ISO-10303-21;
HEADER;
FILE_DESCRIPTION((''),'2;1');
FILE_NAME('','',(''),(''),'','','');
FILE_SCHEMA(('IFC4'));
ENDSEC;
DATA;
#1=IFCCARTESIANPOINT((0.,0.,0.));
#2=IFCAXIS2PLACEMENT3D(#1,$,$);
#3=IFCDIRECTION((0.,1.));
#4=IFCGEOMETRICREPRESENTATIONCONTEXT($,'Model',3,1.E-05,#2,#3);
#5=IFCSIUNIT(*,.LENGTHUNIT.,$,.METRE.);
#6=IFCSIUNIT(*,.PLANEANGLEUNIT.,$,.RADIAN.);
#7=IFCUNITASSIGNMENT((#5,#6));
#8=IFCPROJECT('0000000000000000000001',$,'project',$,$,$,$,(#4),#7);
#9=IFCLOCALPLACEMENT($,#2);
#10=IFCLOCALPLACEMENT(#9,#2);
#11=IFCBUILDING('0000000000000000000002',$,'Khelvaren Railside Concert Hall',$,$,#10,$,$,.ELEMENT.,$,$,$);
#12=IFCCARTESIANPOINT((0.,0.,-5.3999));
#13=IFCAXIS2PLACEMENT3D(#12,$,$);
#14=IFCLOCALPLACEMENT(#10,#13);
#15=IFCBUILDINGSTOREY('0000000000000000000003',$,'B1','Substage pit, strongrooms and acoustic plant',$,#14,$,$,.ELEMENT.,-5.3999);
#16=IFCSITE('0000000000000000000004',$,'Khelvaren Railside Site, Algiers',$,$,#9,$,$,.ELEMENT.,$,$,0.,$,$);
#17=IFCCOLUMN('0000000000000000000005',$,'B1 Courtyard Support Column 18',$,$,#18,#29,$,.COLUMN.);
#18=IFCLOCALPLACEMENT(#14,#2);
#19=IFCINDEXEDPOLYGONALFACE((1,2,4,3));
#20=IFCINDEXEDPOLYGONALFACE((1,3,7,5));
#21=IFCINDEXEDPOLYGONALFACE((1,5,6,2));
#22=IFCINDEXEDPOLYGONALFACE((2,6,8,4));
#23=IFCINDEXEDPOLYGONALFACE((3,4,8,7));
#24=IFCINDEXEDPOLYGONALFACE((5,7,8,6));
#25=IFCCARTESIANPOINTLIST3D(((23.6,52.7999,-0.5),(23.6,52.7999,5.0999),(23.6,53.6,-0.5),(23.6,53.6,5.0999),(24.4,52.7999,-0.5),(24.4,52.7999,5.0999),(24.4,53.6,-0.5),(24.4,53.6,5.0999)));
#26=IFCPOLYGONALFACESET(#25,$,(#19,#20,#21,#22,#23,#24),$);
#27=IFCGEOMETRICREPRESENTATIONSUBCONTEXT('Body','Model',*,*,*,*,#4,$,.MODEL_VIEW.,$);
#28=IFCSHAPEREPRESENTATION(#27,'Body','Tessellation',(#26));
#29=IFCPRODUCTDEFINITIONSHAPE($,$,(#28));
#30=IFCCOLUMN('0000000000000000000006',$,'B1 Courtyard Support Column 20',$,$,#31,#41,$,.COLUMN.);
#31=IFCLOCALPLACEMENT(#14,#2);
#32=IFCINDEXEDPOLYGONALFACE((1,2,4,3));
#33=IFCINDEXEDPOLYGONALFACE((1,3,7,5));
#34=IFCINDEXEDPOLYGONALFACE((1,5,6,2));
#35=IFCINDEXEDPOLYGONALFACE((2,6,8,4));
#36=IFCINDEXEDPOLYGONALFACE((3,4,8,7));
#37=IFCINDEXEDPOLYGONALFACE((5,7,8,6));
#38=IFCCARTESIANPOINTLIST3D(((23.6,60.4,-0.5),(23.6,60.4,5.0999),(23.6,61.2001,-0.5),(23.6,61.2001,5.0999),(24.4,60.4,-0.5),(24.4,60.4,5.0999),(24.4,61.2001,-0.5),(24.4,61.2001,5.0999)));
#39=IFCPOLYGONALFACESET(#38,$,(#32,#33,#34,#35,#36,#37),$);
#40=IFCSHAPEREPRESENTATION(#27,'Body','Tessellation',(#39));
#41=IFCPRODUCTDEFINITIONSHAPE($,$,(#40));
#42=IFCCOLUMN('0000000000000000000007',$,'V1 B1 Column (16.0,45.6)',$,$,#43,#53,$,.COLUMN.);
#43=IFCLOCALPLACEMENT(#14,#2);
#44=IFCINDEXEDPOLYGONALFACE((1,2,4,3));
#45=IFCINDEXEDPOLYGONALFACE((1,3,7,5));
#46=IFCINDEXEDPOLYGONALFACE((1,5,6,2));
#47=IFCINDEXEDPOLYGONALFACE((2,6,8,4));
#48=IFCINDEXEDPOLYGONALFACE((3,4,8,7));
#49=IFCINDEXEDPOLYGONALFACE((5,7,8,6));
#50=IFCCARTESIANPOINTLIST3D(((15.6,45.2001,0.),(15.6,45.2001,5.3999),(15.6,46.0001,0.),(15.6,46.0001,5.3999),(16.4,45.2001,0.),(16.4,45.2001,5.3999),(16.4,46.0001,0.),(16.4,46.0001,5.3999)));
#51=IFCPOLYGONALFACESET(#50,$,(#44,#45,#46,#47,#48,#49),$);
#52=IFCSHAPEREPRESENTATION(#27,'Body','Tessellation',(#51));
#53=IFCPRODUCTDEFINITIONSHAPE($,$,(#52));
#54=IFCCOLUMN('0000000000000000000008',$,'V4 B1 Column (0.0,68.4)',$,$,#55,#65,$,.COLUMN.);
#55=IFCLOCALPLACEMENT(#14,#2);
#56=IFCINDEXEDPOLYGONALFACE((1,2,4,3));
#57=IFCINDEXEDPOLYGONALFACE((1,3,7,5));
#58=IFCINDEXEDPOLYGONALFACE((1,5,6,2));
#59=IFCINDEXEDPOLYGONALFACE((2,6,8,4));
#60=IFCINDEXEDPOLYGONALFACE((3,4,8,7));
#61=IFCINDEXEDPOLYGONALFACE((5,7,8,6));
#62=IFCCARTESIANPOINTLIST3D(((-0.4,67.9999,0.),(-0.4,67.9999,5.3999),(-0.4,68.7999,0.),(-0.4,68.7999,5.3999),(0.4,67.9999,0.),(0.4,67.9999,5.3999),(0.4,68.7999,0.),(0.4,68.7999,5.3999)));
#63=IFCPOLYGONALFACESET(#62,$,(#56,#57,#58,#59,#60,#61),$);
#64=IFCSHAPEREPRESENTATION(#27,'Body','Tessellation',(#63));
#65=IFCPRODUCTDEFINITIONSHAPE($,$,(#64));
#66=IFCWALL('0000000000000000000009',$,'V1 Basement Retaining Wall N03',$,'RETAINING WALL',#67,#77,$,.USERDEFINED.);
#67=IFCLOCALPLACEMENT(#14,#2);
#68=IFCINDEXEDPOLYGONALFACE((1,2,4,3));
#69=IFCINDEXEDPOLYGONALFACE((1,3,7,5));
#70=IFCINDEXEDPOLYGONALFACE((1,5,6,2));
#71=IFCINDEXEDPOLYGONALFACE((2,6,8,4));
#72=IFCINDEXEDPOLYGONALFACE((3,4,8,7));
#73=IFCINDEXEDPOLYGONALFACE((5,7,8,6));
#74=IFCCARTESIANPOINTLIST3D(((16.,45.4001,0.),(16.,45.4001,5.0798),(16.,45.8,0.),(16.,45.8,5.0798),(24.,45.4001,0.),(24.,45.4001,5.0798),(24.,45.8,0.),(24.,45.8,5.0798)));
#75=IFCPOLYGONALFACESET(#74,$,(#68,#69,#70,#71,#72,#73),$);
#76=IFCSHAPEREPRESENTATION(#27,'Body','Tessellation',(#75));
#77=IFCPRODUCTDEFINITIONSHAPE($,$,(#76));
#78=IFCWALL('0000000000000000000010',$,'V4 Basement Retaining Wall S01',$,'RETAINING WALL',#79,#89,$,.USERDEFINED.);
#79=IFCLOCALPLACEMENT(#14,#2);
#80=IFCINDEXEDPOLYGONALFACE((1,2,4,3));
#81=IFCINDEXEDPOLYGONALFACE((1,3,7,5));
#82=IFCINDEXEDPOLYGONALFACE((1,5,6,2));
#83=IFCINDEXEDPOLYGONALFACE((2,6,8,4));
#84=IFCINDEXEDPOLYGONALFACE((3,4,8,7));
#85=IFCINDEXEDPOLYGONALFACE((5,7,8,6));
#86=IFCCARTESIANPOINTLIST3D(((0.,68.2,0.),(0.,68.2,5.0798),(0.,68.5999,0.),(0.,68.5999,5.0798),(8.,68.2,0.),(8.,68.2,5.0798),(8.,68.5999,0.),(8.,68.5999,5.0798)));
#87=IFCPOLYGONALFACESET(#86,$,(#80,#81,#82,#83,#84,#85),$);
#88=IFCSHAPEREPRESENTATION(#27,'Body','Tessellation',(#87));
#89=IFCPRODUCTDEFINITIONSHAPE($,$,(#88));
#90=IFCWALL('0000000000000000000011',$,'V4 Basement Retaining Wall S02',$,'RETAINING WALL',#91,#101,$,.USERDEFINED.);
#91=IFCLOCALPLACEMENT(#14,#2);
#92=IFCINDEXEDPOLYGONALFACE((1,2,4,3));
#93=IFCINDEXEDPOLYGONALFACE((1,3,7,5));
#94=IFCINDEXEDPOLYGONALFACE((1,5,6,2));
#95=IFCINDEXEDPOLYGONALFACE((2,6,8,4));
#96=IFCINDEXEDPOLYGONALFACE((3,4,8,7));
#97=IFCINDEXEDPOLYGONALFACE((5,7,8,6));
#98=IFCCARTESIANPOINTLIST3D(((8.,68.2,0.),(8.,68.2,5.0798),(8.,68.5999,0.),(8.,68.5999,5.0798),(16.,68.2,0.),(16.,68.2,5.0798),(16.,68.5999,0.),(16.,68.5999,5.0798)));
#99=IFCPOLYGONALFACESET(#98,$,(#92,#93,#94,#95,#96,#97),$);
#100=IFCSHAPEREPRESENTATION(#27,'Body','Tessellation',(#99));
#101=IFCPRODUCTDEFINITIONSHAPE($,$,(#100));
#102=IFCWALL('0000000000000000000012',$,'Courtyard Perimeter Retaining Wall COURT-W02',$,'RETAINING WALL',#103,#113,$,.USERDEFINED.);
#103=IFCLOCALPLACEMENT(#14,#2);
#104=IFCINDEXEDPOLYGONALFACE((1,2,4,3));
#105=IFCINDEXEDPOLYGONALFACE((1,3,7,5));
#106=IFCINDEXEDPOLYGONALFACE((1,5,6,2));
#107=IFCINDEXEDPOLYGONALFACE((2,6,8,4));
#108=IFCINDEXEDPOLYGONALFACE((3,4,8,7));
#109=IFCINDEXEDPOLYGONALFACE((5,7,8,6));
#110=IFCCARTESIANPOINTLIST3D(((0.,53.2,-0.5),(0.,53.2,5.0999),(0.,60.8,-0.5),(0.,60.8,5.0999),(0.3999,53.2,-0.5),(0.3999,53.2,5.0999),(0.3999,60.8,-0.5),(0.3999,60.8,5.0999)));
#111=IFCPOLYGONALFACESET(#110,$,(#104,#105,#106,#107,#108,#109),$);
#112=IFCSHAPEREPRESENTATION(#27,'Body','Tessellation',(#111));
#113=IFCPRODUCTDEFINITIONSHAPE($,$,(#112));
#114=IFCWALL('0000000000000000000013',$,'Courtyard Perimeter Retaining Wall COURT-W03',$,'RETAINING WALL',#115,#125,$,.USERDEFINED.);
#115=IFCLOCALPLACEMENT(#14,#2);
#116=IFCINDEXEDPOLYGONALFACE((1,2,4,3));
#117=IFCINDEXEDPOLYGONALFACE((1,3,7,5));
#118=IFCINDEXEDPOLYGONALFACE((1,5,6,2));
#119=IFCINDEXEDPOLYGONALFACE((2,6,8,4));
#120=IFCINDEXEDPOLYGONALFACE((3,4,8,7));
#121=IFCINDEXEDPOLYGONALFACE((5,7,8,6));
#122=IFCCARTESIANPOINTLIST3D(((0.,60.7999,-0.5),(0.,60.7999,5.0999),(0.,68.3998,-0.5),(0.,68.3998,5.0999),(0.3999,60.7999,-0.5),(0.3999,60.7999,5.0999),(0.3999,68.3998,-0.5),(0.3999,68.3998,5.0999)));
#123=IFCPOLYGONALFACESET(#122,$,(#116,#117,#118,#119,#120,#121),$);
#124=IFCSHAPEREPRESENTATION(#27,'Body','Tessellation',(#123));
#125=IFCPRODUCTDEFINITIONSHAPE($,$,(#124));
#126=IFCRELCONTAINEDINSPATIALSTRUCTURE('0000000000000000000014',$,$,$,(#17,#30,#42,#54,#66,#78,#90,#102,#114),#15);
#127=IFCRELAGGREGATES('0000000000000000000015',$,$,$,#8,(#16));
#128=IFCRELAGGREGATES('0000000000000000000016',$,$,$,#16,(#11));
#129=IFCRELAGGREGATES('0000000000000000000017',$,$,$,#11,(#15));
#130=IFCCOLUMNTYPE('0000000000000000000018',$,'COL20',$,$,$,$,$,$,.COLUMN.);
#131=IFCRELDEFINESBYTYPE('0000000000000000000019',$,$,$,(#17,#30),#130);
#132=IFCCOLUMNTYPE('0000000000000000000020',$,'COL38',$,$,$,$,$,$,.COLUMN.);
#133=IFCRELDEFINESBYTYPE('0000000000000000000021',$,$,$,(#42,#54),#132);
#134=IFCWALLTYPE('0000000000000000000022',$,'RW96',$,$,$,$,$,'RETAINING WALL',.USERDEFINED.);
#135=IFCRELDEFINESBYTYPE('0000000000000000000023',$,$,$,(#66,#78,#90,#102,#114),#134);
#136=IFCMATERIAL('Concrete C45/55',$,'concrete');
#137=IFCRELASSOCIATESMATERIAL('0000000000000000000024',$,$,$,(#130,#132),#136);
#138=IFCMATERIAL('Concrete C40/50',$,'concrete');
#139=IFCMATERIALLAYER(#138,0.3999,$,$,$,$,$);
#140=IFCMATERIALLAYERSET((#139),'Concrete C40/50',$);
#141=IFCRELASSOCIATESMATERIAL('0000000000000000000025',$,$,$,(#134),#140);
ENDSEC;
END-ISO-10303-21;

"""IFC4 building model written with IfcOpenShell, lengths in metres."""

from ifc_helpers import new_model, si_unit, direction, frame, frame_2d, origin, origin_2d, place, context, subcontext, project, spatial, rectangle, extrude, material, layer, layer_set, material_profile, profile_set, type_object, element, save


model = new_model("IFC4")

# Units and contexts
model_context = context("Model", 3, precision=1e-05, world=origin(), true_north=direction((0.0, 1.0)))
body_context = subcontext(model_context, "Body", "Model", "MODEL_VIEW")
ifc_project = project(units=[si_unit("LENGTHUNIT", "METRE"), si_unit("PLANEANGLEUNIT", "RADIAN")], contexts=[model_context])

# Site, building, storey
site_placement = place(None, origin())
site = spatial("IfcSite", under=ifc_project, at=site_placement, Name="Khelvaren Railside Site, Algiers", CompositionType="ELEMENT", RefElevation=0.0)
building_placement = place(site_placement, origin())
building = spatial("IfcBuilding", under=site, at=building_placement, Name="Khelvaren Railside Concert Hall", CompositionType="ELEMENT")
storey_placement = place(building_placement, frame((0.0, 0.0, -5.3999)))
storey = spatial("IfcBuildingStorey", under=building, at=storey_placement, Name="B1", Description="Substage pit, strongrooms and acoustic plant", CompositionType="ELEMENT", Elevation=-5.3999)

# Columns
ifc_material_1 = material(Name="Concrete C45/55", Category="concrete")
ifc_material_profile_1 = material_profile(ifc_material_1, rectangle(XDim=0.8, YDim=0.8, at=origin_2d()), Name="RC 800x800")
ifc_profile_set_1 = profile_set([ifc_material_profile_1], Name="Concrete C45/55")
column_type_1 = type_object("IfcColumnType", Name="COL20", PredefinedType="COLUMN", material=ifc_profile_set_1)
for number, where, z_axis, x_axis, name in (
    (1, (24.0, 53.2, -0.5), (0.0, 0.0, 1.0), (1.0, 0.0, 0.0), "B1 Courtyard Support Column 18"),
    (2, (24.0, 60.8, -0.5), (0.0, 0.0, 1.0), (1.0, 0.0, 0.0), "B1 Courtyard Support Column 20"),
):
    element("IfcColumn", number, at=place(storey_placement, frame(where, z_axis=z_axis, x_axis=x_axis)), inside=storey, type_object=column_type_1, Name=name, PredefinedType="COLUMN", context=body_context, shape_type="SweptSolid", body=[
        extrude(rectangle(XDim=0.8, YDim=0.8, at=origin_2d()), origin(), (0.0, 0.0, 1.0), 5.5999),
    ])
ifc_material_profile_2 = material_profile(ifc_material_1, rectangle(XDim=0.8, YDim=0.8, at=origin_2d()), Name="RC 800x800")
ifc_profile_set_2 = profile_set([ifc_material_profile_2], Name="Concrete C45/55")
column_type_2 = type_object("IfcColumnType", Name="COL38", PredefinedType="COLUMN", material=ifc_profile_set_2)
for number, where, z_axis, x_axis, name in (
    (3, (16.0, 45.6001, 0.0), (0.0, 0.0, 1.0), (1.0, 0.0, 0.0), "V1 B1 Column (16.0,45.6)"),
    (4, (0.0, 68.3999, 0.0), (0.0, 0.0, 1.0), (1.0, 0.0, 0.0), "V4 B1 Column (0.0,68.4)"),
):
    element("IfcColumn", number, at=place(storey_placement, frame(where, z_axis=z_axis, x_axis=x_axis)), inside=storey, type_object=column_type_2, Name=name, PredefinedType="COLUMN", context=body_context, shape_type="SweptSolid", body=[
        extrude(rectangle(XDim=0.8, YDim=0.8, at=origin_2d()), origin(), (0.0, 0.0, 1.0), 5.3999),
    ])

# Walls
ifc_material_2 = material(Name="Concrete C40/50", Category="concrete")
ifc_layer = layer(ifc_material_2, 0.3999)
ifc_layer_set = layer_set([ifc_layer], Name="Concrete C40/50")
wall_type = type_object("IfcWallType", Name="RW96", ElementType="RETAINING WALL", PredefinedType="USERDEFINED", material=ifc_layer_set)
for number, where, z_axis, x_axis, name in (
    (5, (24.0, 45.6001, 0.0), (0.0, 0.0, 1.0), (-1.0, 0.0, 0.0), "V1 Basement Retaining Wall N03"),
    (6, (0.0, 68.3999, 0.0), (0.0, 0.0, 1.0), (1.0, 0.0, 0.0), "V4 Basement Retaining Wall S01"),
    (7, (8.0, 68.3999, 0.0), (0.0, 0.0, 1.0), (1.0, 0.0, 0.0), "V4 Basement Retaining Wall S02"),
):
    element("IfcWall", number, at=place(storey_placement, frame(where, z_axis=z_axis, x_axis=x_axis)), inside=storey, type_object=wall_type, Name=name, ObjectType="RETAINING WALL", PredefinedType="USERDEFINED", context=body_context, shape_type="SweptSolid", body=[
        extrude(rectangle(XDim=8.0, YDim=0.3999, at=frame_2d((4.0, 0.0))), origin(), (0.0, 0.0, 1.0), 5.0798),
    ])
wall_1_placement = place(storey_placement, frame((0.2, 53.2, -0.5), z_axis=(0.0, 0.0, 1.0), x_axis=(0.0, 1.0, 0.0)))
element("IfcWall", 8, at=wall_1_placement, inside=storey, type_object=wall_type, Name="Courtyard Perimeter Retaining Wall COURT-W02", ObjectType="RETAINING WALL", PredefinedType="USERDEFINED", context=body_context, shape_type="SweptSolid", body=[
    extrude(rectangle(XDim=7.6001, YDim=0.3999, at=frame_2d((3.8, 0.0))), origin(), (0.0, 0.0, 1.0), 5.5999),
])
wall_2_placement = place(storey_placement, frame((0.2, 60.8, -0.5), z_axis=(0.0, 0.0, 1.0), x_axis=(0.0, 1.0, 0.0)))
element("IfcWall", 9, at=wall_2_placement, inside=storey, type_object=wall_type, Name="Courtyard Perimeter Retaining Wall COURT-W03", ObjectType="RETAINING WALL", PredefinedType="USERDEFINED", context=body_context, shape_type="SweptSolid", body=[
    extrude(rectangle(XDim=7.5999, YDim=0.3999, at=frame_2d((3.7998, 0.0))), origin(), (0.0, 0.0, 1.0), 5.5999),
])

save(model, "model.ifc")
